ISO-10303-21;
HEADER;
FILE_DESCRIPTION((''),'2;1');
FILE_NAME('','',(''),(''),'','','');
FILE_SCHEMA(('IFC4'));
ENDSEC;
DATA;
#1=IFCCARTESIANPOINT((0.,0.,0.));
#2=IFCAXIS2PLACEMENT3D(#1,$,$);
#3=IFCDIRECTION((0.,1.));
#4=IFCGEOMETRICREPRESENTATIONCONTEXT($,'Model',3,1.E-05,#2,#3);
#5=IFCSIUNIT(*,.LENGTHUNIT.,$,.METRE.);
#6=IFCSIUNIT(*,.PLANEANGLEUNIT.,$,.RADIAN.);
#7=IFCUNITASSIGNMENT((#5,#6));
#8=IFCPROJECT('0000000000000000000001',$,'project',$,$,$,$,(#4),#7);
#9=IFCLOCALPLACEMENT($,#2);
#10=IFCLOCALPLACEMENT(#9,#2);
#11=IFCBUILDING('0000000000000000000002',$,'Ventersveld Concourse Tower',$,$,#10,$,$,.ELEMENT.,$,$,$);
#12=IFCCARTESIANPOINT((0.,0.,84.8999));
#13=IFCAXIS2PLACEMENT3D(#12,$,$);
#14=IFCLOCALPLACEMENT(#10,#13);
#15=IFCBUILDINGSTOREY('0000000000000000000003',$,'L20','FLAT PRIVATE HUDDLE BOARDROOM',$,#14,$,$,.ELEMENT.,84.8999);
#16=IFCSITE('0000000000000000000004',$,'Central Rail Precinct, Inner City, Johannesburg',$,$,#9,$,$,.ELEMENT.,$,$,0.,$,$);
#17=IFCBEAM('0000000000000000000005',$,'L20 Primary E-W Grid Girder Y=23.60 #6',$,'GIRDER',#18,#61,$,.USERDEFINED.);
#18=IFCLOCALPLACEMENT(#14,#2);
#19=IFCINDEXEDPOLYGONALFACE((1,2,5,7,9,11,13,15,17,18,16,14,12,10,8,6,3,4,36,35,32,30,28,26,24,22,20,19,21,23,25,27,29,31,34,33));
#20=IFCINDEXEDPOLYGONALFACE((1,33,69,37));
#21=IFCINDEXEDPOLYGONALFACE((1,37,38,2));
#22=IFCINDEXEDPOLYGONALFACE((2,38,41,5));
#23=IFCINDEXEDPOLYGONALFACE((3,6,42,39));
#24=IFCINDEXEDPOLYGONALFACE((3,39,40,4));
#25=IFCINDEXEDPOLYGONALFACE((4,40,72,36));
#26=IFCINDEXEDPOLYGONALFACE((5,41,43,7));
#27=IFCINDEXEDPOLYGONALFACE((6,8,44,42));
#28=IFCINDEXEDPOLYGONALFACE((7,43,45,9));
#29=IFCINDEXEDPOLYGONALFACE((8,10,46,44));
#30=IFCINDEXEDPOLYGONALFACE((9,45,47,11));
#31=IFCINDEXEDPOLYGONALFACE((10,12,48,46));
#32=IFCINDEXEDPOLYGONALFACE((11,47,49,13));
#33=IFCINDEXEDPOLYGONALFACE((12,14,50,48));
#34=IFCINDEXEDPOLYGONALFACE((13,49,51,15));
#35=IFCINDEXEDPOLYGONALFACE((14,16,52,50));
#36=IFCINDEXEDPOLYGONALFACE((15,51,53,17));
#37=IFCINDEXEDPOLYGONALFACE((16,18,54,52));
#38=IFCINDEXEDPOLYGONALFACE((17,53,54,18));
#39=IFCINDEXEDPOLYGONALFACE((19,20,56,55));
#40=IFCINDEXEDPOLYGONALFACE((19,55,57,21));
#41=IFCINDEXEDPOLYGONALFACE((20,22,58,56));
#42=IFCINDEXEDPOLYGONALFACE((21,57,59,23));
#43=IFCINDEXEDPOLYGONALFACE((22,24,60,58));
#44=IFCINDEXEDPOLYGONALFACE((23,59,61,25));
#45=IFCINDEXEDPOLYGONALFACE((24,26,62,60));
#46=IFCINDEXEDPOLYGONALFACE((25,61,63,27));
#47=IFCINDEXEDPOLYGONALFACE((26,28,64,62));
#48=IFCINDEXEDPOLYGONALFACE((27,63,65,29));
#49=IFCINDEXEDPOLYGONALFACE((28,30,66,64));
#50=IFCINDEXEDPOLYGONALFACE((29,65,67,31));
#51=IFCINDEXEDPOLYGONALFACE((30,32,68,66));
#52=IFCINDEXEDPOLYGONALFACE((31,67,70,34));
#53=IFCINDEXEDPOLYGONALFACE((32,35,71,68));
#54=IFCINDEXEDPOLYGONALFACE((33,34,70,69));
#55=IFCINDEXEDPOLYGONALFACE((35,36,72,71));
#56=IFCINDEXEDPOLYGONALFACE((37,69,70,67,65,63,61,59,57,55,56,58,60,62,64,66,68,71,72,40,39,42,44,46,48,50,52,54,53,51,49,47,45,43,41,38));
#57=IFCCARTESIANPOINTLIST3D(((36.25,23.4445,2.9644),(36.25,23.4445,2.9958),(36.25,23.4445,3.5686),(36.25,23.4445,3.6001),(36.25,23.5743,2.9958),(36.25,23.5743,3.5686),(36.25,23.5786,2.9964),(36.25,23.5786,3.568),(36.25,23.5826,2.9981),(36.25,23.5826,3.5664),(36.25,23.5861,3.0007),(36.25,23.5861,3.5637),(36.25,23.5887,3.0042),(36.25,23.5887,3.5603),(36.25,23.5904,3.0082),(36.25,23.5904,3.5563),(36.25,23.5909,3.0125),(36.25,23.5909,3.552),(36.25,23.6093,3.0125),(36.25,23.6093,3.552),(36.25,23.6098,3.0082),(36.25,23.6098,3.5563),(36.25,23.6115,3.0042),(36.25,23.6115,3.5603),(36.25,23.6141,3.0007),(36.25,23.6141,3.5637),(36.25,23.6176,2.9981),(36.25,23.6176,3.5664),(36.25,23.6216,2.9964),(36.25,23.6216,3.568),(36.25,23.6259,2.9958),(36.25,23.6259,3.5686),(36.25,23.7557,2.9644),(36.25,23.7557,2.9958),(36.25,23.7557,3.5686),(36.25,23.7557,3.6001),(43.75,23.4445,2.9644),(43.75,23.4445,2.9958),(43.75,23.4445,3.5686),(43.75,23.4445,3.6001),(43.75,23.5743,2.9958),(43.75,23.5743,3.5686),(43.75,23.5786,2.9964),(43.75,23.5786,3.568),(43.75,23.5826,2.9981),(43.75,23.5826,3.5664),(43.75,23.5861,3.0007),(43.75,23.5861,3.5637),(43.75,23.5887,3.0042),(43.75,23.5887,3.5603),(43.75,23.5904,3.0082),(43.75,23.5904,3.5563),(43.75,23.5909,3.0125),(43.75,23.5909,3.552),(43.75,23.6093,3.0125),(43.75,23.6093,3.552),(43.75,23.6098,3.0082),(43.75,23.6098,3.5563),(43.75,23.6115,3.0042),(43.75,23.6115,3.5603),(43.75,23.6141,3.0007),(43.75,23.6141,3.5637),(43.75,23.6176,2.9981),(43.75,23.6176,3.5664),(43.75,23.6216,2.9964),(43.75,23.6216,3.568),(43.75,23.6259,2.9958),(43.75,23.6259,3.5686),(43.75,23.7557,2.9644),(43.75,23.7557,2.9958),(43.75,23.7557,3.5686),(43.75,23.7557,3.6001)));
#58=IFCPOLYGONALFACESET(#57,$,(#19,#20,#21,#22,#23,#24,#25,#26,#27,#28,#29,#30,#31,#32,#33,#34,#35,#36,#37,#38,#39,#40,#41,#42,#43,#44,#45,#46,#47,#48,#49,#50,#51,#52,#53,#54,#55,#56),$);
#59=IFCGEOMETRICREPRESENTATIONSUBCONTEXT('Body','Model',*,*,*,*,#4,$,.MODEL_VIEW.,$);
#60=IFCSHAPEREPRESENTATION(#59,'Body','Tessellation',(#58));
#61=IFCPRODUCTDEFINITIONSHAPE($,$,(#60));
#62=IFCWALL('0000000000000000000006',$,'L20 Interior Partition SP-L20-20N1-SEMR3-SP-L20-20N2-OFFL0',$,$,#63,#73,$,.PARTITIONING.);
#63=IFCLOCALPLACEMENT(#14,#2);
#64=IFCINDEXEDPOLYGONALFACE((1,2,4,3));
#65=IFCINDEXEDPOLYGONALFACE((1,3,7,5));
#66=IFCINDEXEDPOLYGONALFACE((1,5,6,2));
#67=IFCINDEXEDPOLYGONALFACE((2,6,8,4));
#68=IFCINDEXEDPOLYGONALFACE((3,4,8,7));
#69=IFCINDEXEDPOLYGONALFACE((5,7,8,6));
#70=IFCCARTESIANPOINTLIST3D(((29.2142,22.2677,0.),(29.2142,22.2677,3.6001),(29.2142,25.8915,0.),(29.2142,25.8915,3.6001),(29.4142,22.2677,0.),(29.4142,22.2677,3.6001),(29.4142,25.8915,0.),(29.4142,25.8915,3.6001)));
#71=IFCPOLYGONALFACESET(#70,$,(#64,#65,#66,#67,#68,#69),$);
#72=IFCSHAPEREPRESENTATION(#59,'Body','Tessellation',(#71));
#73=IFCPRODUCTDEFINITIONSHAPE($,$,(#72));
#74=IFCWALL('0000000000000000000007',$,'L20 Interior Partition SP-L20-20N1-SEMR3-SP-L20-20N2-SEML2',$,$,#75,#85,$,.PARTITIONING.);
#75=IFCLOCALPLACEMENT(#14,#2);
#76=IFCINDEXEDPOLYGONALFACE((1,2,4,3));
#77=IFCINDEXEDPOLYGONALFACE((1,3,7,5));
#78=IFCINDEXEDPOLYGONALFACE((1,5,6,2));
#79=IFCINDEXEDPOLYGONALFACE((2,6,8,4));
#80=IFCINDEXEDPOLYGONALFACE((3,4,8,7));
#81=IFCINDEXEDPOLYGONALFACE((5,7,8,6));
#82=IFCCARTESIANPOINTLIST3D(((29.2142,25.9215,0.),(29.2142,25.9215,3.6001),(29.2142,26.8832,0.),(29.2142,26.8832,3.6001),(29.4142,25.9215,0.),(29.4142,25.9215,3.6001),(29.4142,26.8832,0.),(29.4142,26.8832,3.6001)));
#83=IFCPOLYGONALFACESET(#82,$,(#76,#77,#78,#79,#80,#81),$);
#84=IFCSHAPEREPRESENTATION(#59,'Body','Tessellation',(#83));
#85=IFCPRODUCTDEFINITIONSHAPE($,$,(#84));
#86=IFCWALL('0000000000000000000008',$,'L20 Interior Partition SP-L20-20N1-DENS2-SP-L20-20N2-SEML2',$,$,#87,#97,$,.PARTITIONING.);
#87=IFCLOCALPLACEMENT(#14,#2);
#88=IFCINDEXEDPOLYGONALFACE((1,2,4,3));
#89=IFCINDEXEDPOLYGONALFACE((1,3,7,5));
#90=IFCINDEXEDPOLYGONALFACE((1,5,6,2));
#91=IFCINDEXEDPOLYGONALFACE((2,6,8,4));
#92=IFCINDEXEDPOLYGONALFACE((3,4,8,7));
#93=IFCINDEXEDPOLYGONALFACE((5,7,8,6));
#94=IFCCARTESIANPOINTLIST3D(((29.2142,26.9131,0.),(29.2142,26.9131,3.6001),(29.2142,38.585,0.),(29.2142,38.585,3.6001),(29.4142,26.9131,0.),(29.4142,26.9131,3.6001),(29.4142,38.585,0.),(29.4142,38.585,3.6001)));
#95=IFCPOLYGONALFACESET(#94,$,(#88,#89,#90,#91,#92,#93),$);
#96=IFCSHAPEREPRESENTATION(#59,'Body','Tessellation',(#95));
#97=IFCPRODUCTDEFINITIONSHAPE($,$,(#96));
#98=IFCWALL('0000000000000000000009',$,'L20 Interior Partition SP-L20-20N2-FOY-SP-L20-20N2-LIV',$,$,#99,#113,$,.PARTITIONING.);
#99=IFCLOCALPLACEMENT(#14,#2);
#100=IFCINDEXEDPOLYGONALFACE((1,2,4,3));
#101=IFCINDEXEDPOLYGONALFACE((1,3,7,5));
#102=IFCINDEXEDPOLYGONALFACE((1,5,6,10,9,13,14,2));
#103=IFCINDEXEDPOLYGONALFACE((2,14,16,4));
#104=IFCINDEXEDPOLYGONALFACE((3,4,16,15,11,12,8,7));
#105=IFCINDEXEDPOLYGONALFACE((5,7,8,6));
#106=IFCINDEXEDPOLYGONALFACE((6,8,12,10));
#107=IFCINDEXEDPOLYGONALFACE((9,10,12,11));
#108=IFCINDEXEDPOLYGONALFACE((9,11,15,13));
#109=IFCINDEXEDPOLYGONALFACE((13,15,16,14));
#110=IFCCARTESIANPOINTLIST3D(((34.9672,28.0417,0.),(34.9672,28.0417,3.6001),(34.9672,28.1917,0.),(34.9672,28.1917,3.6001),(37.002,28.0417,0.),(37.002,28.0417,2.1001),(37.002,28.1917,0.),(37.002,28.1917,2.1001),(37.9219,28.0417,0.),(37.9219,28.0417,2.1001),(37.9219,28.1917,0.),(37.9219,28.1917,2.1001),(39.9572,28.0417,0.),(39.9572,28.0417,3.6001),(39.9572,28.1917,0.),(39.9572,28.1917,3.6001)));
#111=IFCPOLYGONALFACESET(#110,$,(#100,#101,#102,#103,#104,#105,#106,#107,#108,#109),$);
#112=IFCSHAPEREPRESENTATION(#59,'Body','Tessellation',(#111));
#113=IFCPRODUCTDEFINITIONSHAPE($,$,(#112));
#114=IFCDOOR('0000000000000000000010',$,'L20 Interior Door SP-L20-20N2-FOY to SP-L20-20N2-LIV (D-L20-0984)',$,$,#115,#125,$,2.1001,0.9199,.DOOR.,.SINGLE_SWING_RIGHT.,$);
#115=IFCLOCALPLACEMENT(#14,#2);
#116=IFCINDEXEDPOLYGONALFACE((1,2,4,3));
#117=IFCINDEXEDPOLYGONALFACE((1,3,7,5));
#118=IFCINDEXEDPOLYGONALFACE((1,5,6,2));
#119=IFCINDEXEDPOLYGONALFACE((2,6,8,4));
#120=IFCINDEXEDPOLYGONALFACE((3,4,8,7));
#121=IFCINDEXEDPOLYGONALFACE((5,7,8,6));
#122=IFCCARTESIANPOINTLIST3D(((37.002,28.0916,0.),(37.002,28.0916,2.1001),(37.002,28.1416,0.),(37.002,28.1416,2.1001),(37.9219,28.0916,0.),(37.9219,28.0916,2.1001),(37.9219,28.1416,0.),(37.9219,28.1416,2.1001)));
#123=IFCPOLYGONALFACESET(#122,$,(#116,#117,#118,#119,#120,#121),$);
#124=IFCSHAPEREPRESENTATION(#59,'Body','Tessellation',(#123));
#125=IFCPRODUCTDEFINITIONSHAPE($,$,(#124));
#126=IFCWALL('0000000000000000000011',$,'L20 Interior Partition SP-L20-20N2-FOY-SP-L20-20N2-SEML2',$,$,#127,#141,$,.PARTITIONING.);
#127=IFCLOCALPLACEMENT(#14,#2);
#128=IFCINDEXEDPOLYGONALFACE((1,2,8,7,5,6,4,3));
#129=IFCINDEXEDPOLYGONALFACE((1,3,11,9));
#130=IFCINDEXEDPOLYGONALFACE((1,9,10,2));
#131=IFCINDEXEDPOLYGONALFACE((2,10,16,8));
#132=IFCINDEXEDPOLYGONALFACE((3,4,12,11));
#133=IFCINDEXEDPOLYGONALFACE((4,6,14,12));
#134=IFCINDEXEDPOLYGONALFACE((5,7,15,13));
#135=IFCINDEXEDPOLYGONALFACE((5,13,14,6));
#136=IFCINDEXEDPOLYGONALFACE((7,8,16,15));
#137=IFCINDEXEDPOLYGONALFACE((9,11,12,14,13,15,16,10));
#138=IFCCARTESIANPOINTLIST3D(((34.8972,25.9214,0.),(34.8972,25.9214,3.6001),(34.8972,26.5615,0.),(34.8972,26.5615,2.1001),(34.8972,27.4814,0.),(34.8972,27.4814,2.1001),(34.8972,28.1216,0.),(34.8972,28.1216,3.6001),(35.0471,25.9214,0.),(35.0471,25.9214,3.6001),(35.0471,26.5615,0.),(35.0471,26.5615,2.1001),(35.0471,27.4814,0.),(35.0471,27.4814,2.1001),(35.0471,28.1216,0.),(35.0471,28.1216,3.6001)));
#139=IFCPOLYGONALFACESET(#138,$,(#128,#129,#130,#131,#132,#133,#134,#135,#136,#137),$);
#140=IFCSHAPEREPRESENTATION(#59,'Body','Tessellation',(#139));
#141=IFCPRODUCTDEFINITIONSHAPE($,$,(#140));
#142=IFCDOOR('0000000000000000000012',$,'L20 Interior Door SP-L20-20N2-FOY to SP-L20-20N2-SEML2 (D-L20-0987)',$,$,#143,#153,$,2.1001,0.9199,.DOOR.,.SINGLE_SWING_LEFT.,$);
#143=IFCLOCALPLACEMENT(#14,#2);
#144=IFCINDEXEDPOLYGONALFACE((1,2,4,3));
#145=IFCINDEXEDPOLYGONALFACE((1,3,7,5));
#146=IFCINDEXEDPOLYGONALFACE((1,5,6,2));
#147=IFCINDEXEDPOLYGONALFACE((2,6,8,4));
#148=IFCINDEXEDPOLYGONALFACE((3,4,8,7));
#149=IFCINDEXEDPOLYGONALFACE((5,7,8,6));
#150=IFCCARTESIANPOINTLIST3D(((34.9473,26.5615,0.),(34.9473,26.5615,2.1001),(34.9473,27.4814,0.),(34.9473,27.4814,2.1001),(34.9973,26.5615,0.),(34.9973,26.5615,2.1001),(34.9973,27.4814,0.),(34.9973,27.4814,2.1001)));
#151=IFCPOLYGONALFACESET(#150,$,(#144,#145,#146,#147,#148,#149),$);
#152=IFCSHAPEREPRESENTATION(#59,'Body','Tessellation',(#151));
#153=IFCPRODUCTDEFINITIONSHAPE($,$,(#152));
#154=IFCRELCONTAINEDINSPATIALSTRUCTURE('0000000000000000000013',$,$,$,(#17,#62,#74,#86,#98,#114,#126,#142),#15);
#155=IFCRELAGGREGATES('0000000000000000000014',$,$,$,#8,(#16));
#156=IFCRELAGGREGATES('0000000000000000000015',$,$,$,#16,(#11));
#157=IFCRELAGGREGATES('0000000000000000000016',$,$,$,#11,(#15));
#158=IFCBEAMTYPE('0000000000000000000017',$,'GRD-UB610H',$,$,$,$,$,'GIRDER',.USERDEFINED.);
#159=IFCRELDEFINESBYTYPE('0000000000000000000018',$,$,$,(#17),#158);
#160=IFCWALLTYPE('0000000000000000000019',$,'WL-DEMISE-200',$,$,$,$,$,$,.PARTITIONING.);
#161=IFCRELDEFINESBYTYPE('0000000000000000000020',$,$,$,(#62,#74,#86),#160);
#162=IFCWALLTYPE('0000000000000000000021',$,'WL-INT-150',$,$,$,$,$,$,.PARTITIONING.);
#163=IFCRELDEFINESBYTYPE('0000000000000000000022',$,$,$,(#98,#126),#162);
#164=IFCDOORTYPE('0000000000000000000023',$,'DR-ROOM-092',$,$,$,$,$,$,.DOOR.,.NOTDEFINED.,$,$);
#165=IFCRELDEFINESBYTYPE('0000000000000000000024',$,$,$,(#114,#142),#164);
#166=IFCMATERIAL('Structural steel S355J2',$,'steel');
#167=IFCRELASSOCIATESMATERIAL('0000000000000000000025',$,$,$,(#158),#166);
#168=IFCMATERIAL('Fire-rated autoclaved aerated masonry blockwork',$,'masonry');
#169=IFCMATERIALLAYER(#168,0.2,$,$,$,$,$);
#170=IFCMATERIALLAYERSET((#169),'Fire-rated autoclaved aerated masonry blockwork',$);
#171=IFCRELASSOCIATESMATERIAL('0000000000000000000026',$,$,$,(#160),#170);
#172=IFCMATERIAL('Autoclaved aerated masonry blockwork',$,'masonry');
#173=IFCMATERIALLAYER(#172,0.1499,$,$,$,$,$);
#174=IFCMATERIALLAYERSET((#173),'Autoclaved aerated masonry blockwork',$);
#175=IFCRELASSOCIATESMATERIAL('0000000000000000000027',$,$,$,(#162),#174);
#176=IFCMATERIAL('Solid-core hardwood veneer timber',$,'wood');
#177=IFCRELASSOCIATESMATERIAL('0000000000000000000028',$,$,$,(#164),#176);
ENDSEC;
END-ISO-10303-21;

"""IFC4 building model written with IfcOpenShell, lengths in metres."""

from ifc_helpers import new_model, si_unit, direction, frame, frame_2d, origin, origin_2d, place, context, subcontext, project, spatial, rectangle, i_section, extrude, material, layer, layer_set, material_profile, profile_set, type_object, element, fill, save


model = new_model("IFC4")

# Units and contexts
model_context = context("Model", 3, precision=1e-05, world=origin(), true_north=direction((0.0, 1.0)))
body_context = subcontext(model_context, "Body", "Model", "MODEL_VIEW")
ifc_project = project(units=[si_unit("LENGTHUNIT", "METRE"), si_unit("PLANEANGLEUNIT", "RADIAN")], contexts=[model_context])

# Site, building, storey
site_placement = place(None, origin())
site = spatial("IfcSite", under=ifc_project, at=site_placement, Name="Central Rail Precinct, Inner City, Johannesburg", CompositionType="ELEMENT", RefElevation=0.0)
building_placement = place(site_placement, origin())
building = spatial("IfcBuilding", under=site, at=building_placement, Name="Ventersveld Concourse Tower", CompositionType="ELEMENT")
storey_placement = place(building_placement, frame((0.0, 0.0, 84.8999)))
storey = spatial("IfcBuildingStorey", under=building, at=storey_placement, Name="L20", Description="FLAT PRIVATE HUDDLE BOARDROOM", CompositionType="ELEMENT", Elevation=84.8999)

# Beam
ifc_material_1 = material(Name="Structural steel S355J2", Category="steel")
ifc_material_profile_1 = material_profile(ifc_material_1, i_section(OverallWidth=0.3113, OverallDepth=0.6357, WebThickness=0.0183, FlangeThickness=0.0315, FilletRadius=0.0166, at=origin_2d()), Name="UB 610x305x238")
ifc_profile_set_1 = profile_set([ifc_material_profile_1], Name="Structural steel S355J2")
beam_type_1 = type_object("IfcBeamType", Name="GRD-UB610H", ElementType="GIRDER", PredefinedType="USERDEFINED", material=ifc_profile_set_1)
for number, where, z_axis, x_axis, name in (
    (1, (36.25, 23.6001, 3.2822), (1.0, 0.0, 0.0), (0.0, 1.0, 0.0), "L20 Primary E-W Grid Girder Y=23.60 #6"),
):
    element("IfcBeam", number, at=place(storey_placement, frame(where, z_axis=z_axis, x_axis=x_axis)), inside=storey, type_object=beam_type_1, Name=name, ObjectType="GIRDER", PredefinedType="USERDEFINED", context=body_context, shape_type="SweptSolid", body=[
        extrude(i_section(OverallWidth=0.3113, OverallDepth=0.6357, WebThickness=0.0183, FlangeThickness=0.0315, FilletRadius=0.0166, at=origin_2d()), origin(), (0.0, 0.0, 1.0), 7.5),
    ])

# Walls
ifc_material_2 = material(Name="Fire-rated autoclaved aerated masonry blockwork", Category="masonry")
ifc_layer_1 = layer(ifc_material_2, 0.2)
ifc_layer_set_1 = layer_set([ifc_layer_1], Name="Fire-rated autoclaved aerated masonry blockwork")
wall_type_1 = type_object("IfcWallType", Name="WL-DEMISE-200", PredefinedType="PARTITIONING", material=ifc_layer_set_1)
wall_1_placement = place(storey_placement, frame((29.3142, 22.2676, 0.0), z_axis=(0.0, 0.0, 1.0), x_axis=(0.0, 1.0, 0.0)))
element("IfcWall", 2, at=wall_1_placement, inside=storey, type_object=wall_type_1, Name="L20 Interior Partition SP-L20-20N1-SEMR3-SP-L20-20N2-OFFL0", PredefinedType="PARTITIONING", context=body_context, shape_type="SweptSolid", body=[
    extrude(rectangle(XDim=3.6238, YDim=0.2, at=frame_2d((1.812, 0.0))), origin(), (0.0, 0.0, 1.0), 3.6001),
])
wall_2_placement = place(storey_placement, frame((29.3142, 25.9214, 0.0), z_axis=(0.0, 0.0, 1.0), x_axis=(0.0, 1.0, 0.0)))
element("IfcWall", 3, at=wall_2_placement, inside=storey, type_object=wall_type_1, Name="L20 Interior Partition SP-L20-20N1-SEMR3-SP-L20-20N2-SEML2", PredefinedType="PARTITIONING", context=body_context, shape_type="SweptSolid", body=[
    extrude(rectangle(XDim=0.9617, YDim=0.2, at=frame_2d((0.481, 0.0))), origin(), (0.0, 0.0, 1.0), 3.6001),
])
wall_3_placement = place(storey_placement, frame((29.3142, 26.9131, 0.0), z_axis=(0.0, 0.0, 1.0), x_axis=(0.0, 1.0, 0.0)))
element("IfcWall", 4, at=wall_3_placement, inside=storey, type_object=wall_type_1, Name="L20 Interior Partition SP-L20-20N1-DENS2-SP-L20-20N2-SEML2", PredefinedType="PARTITIONING", context=body_context, shape_type="SweptSolid", body=[
    extrude(rectangle(XDim=11.6719, YDim=0.2, at=frame_2d((5.8359, 0.0))), origin(), (0.0, 0.0, 1.0), 3.6001),
])

# Walls, openings, doors
ifc_material_3 = material(Name="Autoclaved aerated masonry blockwork", Category="masonry")
ifc_layer_2 = layer(ifc_material_3, 0.1499)
ifc_layer_set_2 = layer_set([ifc_layer_2], Name="Autoclaved aerated masonry blockwork")
wall_type_2 = type_object("IfcWallType", Name="WL-INT-150", PredefinedType="PARTITIONING", material=ifc_layer_set_2)
wall_4_placement = place(storey_placement, frame((34.967, 28.1167, 0.0), z_axis=(0.0, 0.0, 1.0), x_axis=(1.0, 0.0, 0.0)))
wall_4 = element("IfcWall", 5, at=wall_4_placement, inside=storey, type_object=wall_type_2, Name="L20 Interior Partition SP-L20-20N2-FOY-SP-L20-20N2-LIV", PredefinedType="PARTITIONING", context=body_context, shape_type="SweptSolid", body=[
    extrude(rectangle(XDim=4.99, YDim=0.1499, at=frame_2d((2.4951, 0.0))), origin(), (0.0, 0.0, 1.0), 3.6001),
])
opening_1_placement = place(wall_4_placement, frame((2.0349, 0.0, 0.0)))
opening_1 = element("IfcOpeningElement", 6, at=opening_1_placement, cuts=wall_4, PredefinedType="OPENING", context=body_context, shape_type="SweptSolid", body=[
    extrude(rectangle(XDim=0.9199, YDim=2.1001, at=frame_2d((0.46, 1.05))), frame((0.0, 0.085, 0.0), z_axis=(0.0, -1.0, 0.0), x_axis=(1.0, 0.0, 0.0)), (0.0, 0.0, 1.0), 0.1699),
])
ifc_material_4 = material(Name="Solid-core hardwood veneer timber", Category="wood")
door_type = type_object("IfcDoorType", Name="DR-ROOM-092", OperationType="NOTDEFINED", PredefinedType="DOOR", material=ifc_material_4)
door_1_placement = place(opening_1_placement, origin())
door_1 = element("IfcDoor", 7, at=door_1_placement, inside=storey, type_object=door_type, Name="L20 Interior Door SP-L20-20N2-FOY to SP-L20-20N2-LIV (D-L20-0984)", OperationType="SINGLE_SWING_RIGHT", OverallHeight=2.1001, OverallWidth=0.9199, PredefinedType="DOOR", context=body_context, shape_type="SweptSolid", body=[
    extrude(rectangle(XDim=0.9199, YDim=2.1001, at=frame_2d((0.46, 1.05))), frame((0.0, 0.0249, 0.0), z_axis=(0.0, -1.0, 0.0), x_axis=(1.0, 0.0, 0.0)), (0.0, 0.0, 1.0), 0.05),
])
fill(opening_1, door_1)
wall_5_placement = place(storey_placement, frame((34.9722, 25.9214, 0.0), z_axis=(0.0, 0.0, 1.0), x_axis=(0.0, 1.0, 0.0)))
wall_5 = element("IfcWall", 8, at=wall_5_placement, inside=storey, type_object=wall_type_2, Name="L20 Interior Partition SP-L20-20N2-FOY-SP-L20-20N2-SEML2", PredefinedType="PARTITIONING", context=body_context, shape_type="SweptSolid", body=[
    extrude(rectangle(XDim=2.2002, YDim=0.1499, at=frame_2d((1.1001, 0.0))), origin(), (0.0, 0.0, 1.0), 3.6001),
])
opening_2_placement = place(wall_5_placement, frame((0.6401, 0.0, 0.0)))
opening_2 = element("IfcOpeningElement", 9, at=opening_2_placement, cuts=wall_5, PredefinedType="OPENING", context=body_context, shape_type="SweptSolid", body=[
    extrude(rectangle(XDim=0.9199, YDim=2.1001, at=frame_2d((0.46, 1.05))), frame((0.0, 0.085, 0.0), z_axis=(0.0, -1.0, 0.0), x_axis=(1.0, 0.0, 0.0)), (0.0, 0.0, 1.0), 0.1699),
])
door_2_placement = place(opening_2_placement, origin())
door_2 = element("IfcDoor", 10, at=door_2_placement, inside=storey, type_object=door_type, Name="L20 Interior Door SP-L20-20N2-FOY to SP-L20-20N2-SEML2 (D-L20-0987)", OperationType="SINGLE_SWING_LEFT", OverallHeight=2.1001, OverallWidth=0.9199, PredefinedType="DOOR", context=body_context, shape_type="SweptSolid", body=[
    extrude(rectangle(XDim=0.9199, YDim=2.1001, at=frame_2d((0.46, 1.05))), frame((0.0, 0.0249, 0.0), z_axis=(0.0, -1.0, 0.0), x_axis=(1.0, 0.0, 0.0)), (0.0, 0.0, 1.0), 0.05),
])
fill(opening_2, door_2)

save(model, "model.ifc")
